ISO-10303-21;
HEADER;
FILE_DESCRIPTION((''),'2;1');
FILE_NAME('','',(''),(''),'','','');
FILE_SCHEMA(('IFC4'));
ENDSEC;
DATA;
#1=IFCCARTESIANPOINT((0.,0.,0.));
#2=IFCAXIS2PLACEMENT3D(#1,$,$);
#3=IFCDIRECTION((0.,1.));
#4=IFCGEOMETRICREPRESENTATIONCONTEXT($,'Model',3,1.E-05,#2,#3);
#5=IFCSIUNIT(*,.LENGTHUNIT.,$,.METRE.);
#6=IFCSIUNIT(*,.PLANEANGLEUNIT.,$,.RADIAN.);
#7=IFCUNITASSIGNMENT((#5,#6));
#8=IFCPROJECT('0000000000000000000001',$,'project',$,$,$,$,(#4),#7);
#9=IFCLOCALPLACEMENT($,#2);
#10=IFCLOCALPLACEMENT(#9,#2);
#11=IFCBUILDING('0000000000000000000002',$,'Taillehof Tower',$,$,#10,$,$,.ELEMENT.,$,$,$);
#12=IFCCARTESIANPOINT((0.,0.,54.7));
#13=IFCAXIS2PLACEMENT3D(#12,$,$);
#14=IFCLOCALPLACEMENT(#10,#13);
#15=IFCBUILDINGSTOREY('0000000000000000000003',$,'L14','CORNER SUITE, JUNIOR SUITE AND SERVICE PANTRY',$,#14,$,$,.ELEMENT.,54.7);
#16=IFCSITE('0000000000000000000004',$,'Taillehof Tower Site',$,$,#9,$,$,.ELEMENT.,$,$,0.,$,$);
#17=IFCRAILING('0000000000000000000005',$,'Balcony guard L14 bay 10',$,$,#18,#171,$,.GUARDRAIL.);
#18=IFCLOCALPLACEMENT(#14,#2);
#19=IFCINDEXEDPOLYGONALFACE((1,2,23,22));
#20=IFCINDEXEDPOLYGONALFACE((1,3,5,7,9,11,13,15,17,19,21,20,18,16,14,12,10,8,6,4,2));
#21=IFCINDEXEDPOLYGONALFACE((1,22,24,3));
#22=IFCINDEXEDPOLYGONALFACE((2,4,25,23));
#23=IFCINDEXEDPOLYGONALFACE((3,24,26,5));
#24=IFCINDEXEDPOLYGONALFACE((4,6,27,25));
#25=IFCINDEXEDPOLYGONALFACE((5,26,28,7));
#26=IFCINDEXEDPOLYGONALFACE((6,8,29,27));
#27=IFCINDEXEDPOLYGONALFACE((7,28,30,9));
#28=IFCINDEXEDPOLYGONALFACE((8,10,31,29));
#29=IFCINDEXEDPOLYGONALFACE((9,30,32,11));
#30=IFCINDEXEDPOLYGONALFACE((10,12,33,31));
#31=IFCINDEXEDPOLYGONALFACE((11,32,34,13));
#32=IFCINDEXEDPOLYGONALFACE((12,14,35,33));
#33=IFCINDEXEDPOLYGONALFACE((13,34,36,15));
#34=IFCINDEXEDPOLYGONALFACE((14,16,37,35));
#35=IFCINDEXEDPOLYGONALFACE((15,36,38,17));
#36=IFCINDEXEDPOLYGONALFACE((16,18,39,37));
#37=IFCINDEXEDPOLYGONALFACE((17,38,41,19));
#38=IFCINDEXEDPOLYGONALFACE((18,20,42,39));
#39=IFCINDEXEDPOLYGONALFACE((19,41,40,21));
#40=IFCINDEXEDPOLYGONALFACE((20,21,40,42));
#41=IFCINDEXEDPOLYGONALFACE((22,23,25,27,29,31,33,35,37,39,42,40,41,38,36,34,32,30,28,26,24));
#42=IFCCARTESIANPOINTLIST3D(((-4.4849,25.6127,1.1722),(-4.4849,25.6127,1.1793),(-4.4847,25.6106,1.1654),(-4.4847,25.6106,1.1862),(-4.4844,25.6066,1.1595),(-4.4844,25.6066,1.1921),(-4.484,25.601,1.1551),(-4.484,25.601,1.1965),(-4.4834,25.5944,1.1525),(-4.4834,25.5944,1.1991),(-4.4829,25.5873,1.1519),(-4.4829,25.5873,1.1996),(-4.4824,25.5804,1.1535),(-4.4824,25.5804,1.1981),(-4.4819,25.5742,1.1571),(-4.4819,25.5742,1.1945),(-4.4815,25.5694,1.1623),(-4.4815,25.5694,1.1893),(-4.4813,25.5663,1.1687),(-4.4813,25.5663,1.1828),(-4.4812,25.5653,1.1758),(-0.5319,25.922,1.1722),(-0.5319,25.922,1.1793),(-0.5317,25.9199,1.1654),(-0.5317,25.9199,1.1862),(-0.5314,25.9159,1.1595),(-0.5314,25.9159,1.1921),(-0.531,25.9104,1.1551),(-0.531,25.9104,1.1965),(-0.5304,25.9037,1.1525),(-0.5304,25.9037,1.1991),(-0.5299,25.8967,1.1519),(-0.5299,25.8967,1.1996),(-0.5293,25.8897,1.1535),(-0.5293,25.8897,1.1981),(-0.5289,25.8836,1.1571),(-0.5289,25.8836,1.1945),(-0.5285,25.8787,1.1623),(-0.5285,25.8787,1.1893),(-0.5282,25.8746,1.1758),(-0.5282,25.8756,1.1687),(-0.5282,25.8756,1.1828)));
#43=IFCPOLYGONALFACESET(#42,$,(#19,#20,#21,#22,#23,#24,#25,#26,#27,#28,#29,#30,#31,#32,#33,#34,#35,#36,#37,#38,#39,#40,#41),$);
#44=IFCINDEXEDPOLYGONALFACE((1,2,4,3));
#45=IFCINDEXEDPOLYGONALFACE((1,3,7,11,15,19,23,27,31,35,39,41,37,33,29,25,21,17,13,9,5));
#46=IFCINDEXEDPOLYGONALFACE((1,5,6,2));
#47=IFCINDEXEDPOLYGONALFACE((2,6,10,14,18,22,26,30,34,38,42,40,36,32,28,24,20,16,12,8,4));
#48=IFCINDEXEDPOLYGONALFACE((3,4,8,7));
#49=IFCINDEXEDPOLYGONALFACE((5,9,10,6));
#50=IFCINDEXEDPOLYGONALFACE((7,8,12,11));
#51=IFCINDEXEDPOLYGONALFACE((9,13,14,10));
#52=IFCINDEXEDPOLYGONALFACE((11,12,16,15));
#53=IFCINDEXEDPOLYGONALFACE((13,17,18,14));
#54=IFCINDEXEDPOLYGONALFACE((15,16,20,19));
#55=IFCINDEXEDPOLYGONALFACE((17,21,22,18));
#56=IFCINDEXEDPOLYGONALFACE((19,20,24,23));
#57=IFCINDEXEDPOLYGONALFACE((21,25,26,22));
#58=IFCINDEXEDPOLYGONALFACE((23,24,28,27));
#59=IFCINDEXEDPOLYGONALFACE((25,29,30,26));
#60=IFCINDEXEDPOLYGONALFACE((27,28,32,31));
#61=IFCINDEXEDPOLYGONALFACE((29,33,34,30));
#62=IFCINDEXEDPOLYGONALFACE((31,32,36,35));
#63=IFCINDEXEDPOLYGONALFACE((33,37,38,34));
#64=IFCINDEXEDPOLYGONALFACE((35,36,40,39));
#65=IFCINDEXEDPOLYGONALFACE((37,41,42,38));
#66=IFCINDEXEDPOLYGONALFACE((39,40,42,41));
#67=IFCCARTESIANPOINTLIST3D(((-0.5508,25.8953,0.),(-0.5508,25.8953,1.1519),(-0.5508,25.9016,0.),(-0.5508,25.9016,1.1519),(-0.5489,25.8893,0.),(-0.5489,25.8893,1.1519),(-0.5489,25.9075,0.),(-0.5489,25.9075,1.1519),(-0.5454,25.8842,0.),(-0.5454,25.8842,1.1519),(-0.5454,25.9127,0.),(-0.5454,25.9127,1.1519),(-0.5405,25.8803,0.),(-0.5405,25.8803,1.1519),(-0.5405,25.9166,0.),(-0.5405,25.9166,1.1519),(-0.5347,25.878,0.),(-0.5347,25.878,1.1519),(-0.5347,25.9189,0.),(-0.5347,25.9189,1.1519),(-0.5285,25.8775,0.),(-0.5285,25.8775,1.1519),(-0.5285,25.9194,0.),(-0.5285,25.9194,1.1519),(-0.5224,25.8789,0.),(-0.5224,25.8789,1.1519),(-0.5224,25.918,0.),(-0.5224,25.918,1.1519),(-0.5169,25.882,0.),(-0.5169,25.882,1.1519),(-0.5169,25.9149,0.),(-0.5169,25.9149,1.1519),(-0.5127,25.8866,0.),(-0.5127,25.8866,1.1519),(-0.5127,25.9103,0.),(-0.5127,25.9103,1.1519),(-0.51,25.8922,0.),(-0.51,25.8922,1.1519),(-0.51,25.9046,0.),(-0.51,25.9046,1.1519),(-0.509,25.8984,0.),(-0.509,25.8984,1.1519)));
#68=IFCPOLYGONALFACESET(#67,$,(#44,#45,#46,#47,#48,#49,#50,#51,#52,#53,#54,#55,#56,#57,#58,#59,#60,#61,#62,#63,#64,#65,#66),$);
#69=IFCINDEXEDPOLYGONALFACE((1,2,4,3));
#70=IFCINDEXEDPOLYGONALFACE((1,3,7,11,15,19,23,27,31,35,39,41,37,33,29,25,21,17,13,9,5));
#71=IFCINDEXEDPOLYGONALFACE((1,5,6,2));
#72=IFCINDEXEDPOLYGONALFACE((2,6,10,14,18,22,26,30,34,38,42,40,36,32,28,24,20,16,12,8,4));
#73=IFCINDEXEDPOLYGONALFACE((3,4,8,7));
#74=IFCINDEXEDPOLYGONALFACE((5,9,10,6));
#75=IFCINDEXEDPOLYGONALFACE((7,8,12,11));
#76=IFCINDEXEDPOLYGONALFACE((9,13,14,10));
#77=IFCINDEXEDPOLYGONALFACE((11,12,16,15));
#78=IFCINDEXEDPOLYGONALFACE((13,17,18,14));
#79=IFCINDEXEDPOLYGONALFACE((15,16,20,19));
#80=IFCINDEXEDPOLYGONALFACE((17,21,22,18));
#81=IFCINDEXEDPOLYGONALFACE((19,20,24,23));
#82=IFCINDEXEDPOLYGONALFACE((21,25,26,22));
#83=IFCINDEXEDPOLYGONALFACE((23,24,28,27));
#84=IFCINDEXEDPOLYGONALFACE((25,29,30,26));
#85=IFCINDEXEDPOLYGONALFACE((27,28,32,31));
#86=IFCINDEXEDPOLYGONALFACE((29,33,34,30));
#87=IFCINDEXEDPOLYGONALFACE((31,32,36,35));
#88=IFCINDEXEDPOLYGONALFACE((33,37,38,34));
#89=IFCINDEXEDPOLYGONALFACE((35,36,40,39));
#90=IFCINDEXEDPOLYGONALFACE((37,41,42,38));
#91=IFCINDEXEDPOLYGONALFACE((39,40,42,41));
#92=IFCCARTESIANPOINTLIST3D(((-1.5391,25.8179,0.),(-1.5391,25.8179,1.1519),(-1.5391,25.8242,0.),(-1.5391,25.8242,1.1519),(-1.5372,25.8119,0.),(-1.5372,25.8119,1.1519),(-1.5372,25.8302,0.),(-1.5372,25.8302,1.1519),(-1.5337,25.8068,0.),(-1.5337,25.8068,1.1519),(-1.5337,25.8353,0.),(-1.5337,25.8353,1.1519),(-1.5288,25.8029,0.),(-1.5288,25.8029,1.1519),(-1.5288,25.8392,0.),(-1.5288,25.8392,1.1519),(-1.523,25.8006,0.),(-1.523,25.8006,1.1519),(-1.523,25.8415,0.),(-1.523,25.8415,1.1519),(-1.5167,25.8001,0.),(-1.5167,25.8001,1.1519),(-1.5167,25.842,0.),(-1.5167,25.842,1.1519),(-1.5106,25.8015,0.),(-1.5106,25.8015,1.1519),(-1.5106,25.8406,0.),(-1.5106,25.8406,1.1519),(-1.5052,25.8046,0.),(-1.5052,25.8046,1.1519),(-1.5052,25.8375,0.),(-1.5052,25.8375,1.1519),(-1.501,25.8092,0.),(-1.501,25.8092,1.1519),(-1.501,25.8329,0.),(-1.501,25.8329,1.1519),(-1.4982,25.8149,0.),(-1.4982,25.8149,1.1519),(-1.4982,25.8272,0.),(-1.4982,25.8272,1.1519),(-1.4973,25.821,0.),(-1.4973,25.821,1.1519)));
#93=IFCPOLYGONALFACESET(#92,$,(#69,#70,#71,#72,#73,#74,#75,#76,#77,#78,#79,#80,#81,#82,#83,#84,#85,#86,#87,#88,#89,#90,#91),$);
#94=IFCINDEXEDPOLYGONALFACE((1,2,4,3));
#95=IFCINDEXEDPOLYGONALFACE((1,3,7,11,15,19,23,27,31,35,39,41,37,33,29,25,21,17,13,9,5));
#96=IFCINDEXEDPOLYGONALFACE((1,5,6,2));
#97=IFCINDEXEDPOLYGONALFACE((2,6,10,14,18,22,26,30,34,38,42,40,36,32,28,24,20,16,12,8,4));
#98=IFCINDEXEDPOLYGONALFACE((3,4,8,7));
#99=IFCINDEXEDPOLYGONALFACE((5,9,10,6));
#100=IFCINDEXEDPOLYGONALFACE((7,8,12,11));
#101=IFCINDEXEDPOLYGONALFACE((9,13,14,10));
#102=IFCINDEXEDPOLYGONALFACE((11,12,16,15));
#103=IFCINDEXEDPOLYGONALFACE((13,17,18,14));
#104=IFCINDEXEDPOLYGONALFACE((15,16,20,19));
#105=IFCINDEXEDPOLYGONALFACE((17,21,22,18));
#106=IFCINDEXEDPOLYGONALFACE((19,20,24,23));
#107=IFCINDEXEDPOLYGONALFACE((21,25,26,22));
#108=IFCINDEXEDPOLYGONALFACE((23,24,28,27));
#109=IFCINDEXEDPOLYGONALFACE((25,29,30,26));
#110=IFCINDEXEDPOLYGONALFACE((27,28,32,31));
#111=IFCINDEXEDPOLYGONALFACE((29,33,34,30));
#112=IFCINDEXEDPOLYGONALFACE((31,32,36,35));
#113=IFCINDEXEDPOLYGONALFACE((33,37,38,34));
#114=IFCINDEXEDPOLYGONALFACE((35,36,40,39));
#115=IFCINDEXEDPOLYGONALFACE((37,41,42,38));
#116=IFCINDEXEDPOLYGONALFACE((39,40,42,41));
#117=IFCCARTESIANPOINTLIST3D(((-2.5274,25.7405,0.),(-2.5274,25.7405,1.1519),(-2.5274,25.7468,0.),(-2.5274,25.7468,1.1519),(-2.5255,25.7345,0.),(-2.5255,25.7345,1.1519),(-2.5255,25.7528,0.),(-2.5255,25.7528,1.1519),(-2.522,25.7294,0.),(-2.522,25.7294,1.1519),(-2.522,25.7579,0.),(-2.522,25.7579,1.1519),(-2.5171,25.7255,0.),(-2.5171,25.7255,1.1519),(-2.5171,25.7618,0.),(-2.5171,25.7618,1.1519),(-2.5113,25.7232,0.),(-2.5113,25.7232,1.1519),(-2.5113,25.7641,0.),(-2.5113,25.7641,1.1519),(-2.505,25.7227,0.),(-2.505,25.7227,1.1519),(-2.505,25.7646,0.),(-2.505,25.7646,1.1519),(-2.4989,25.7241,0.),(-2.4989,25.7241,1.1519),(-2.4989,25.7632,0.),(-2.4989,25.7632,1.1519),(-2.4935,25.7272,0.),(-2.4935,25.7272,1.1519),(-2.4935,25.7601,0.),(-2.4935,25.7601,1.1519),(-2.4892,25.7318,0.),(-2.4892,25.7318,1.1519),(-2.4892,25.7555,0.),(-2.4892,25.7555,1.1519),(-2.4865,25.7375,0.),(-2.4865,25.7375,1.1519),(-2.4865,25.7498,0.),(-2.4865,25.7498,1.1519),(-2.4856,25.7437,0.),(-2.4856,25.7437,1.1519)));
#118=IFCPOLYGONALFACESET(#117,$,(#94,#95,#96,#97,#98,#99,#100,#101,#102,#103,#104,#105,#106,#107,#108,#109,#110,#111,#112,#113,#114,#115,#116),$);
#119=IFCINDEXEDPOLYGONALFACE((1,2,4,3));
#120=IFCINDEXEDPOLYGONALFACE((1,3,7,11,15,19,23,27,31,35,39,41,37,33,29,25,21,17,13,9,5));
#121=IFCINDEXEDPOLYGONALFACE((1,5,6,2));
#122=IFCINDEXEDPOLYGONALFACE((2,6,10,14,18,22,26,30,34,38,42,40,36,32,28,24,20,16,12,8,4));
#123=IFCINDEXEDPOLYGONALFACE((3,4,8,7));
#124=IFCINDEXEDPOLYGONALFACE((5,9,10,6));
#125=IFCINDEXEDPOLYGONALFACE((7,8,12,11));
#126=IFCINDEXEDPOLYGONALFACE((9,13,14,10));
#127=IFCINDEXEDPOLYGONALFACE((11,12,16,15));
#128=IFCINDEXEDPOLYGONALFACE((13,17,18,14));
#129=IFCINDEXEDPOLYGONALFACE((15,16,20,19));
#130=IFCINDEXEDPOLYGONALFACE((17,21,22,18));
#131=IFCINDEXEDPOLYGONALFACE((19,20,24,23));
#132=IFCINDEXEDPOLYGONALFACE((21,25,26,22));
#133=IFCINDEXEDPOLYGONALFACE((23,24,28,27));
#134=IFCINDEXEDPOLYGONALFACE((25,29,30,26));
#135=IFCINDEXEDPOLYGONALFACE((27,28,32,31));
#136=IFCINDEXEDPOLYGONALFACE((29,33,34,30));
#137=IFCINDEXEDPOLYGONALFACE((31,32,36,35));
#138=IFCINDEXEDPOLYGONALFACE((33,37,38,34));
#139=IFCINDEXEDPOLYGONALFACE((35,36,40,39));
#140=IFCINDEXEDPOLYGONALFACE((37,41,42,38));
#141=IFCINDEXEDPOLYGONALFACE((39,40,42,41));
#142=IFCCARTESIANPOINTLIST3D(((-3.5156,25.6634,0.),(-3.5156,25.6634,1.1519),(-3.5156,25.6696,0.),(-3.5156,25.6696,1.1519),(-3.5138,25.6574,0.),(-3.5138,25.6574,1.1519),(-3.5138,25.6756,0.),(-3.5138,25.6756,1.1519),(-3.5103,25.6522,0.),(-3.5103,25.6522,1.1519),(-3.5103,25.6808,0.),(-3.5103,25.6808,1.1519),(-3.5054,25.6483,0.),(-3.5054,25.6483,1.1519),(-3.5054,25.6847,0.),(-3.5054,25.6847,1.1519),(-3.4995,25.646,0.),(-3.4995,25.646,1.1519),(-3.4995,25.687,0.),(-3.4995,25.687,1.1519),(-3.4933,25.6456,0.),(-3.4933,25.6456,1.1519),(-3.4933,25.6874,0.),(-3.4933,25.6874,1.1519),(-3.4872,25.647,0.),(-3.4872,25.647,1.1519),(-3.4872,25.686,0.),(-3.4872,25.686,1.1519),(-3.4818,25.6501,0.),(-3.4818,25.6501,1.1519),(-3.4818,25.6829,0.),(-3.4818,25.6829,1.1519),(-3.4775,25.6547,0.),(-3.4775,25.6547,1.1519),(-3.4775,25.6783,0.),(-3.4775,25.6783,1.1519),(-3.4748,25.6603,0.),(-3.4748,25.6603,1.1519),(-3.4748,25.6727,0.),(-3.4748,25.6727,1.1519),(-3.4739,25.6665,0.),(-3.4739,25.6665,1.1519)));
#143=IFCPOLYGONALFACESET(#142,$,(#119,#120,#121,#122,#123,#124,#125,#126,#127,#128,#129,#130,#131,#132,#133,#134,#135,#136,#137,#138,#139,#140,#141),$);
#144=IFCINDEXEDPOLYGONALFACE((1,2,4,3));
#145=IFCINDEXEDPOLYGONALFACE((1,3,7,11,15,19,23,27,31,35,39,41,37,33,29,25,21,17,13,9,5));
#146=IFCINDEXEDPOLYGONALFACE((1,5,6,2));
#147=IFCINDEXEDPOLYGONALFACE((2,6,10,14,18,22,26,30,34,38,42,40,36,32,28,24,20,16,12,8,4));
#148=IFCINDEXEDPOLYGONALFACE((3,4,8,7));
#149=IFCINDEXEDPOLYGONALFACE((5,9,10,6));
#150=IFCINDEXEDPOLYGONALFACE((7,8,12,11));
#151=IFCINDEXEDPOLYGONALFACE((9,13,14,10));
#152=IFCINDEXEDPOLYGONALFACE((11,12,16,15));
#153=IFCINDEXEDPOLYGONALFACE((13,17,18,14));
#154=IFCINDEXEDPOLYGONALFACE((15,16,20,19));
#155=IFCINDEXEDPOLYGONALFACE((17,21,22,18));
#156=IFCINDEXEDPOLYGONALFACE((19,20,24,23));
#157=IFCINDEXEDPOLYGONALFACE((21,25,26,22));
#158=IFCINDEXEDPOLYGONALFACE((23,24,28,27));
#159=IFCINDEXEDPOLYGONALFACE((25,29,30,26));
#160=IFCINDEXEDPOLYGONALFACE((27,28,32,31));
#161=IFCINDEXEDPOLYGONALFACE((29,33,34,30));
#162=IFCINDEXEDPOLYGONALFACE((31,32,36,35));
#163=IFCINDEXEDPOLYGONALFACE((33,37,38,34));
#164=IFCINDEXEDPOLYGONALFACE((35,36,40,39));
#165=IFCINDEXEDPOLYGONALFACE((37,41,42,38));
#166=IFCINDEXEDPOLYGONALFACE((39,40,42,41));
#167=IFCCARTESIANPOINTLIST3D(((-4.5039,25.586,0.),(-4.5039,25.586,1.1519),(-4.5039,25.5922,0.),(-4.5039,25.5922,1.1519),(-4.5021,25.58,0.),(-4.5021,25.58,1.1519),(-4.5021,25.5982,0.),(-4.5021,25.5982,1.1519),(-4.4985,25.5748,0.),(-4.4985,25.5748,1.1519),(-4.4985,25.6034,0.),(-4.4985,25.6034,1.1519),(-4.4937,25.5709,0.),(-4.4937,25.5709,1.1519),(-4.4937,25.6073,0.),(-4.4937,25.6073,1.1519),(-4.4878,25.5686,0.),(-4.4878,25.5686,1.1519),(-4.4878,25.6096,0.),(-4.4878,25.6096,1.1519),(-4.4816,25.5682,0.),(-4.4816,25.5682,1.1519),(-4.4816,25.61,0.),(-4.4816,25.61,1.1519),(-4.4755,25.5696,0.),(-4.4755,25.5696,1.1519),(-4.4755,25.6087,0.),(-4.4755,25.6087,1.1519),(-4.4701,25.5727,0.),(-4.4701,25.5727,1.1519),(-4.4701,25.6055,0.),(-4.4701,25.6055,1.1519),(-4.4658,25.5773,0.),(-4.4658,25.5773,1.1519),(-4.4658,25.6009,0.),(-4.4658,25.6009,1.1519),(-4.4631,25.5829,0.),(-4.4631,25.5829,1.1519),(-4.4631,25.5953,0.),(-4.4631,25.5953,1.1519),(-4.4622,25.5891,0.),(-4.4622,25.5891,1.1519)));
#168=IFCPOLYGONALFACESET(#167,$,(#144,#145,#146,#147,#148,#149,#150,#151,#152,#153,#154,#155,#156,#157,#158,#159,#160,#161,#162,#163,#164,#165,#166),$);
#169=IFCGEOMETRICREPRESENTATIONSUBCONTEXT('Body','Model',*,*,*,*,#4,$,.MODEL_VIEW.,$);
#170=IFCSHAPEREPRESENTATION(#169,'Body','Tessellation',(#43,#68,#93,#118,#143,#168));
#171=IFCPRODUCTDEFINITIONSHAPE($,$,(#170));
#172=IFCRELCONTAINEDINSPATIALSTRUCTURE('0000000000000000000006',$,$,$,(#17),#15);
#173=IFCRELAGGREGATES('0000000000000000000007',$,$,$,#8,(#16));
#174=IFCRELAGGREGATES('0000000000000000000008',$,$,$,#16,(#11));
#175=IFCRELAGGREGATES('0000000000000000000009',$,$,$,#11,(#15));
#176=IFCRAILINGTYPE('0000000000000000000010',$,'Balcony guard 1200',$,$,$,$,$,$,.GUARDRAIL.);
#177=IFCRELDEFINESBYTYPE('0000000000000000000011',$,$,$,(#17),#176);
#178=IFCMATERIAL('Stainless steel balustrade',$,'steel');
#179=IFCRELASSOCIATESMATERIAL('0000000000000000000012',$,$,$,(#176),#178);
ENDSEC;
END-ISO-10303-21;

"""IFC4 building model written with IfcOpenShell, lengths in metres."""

from ifc_helpers import new_model, si_unit, direction, frame, origin, origin_2d, place, context, subcontext, project, spatial, circle, extrude, material, type_object, element, save


model = new_model("IFC4")

# Units and contexts
model_context = context("Model", 3, precision=1e-05, world=origin(), true_north=direction((0.0, 1.0)))
body_context = subcontext(model_context, "Body", "Model", "MODEL_VIEW")
ifc_project = project(units=[si_unit("LENGTHUNIT", "METRE"), si_unit("PLANEANGLEUNIT", "RADIAN")], contexts=[model_context])

# Site, building, storey
site_placement = place(None, origin())
site = spatial("IfcSite", under=ifc_project, at=site_placement, Name="Taillehof Tower Site", CompositionType="ELEMENT", RefElevation=0.0)
building_placement = place(site_placement, origin())
building = spatial("IfcBuilding", under=site, at=building_placement, Name="Taillehof Tower", CompositionType="ELEMENT")
storey_placement = place(building_placement, frame((0.0, 0.0, 54.7)))
storey = spatial("IfcBuildingStorey", under=building, at=storey_placement, Name="L14", Description="CORNER SUITE, JUNIOR SUITE AND SERVICE PANTRY", CompositionType="ELEMENT", Elevation=54.7)

# Railing
ifc_material_1 = material(Name="Stainless steel balustrade", Category="steel")
railing_type = type_object("IfcRailingType", Name="Balcony guard 1200", PredefinedType="GUARDRAIL", material=ifc_material_1)
railing_1_placement = place(storey_placement, frame((-0.53, 25.8984, 0.0)))
element("IfcRailing", 1, at=railing_1_placement, inside=storey, type_object=railing_type, Name="Balcony guard L14 bay 10", PredefinedType="GUARDRAIL", context=body_context, shape_type="SweptSolid", body=[
    extrude(circle(Radius=0.0239, at=origin_2d()), frame((0.0, 0.0, 1.1758), z_axis=(-0.996953, -0.07801, 0.0), x_axis=(0.07801, -0.996953, 0.0)), (0.0, 0.0, 1.0), 3.9651),
    extrude(circle(Radius=0.021, at=origin_2d()), origin(), (0.0, 0.0, 1.0), 1.1519),
    extrude(circle(Radius=0.021, at=origin_2d()), frame((-0.9883, -0.0774, 0.0)), (0.0, 0.0, 1.0), 1.1519),
    extrude(circle(Radius=0.021, at=origin_2d()), frame((-1.9766, -0.1548, 0.0)), (0.0, 0.0, 1.0), 1.1519),
    extrude(circle(Radius=0.021, at=origin_2d()), frame((-2.9648, -0.2319, 0.0)), (0.0, 0.0, 1.0), 1.1519),
    extrude(circle(Radius=0.021, at=origin_2d()), frame((-3.9531, -0.3093, 0.0)), (0.0, 0.0, 1.0), 1.1519),
])

save(model, "model.ifc")
